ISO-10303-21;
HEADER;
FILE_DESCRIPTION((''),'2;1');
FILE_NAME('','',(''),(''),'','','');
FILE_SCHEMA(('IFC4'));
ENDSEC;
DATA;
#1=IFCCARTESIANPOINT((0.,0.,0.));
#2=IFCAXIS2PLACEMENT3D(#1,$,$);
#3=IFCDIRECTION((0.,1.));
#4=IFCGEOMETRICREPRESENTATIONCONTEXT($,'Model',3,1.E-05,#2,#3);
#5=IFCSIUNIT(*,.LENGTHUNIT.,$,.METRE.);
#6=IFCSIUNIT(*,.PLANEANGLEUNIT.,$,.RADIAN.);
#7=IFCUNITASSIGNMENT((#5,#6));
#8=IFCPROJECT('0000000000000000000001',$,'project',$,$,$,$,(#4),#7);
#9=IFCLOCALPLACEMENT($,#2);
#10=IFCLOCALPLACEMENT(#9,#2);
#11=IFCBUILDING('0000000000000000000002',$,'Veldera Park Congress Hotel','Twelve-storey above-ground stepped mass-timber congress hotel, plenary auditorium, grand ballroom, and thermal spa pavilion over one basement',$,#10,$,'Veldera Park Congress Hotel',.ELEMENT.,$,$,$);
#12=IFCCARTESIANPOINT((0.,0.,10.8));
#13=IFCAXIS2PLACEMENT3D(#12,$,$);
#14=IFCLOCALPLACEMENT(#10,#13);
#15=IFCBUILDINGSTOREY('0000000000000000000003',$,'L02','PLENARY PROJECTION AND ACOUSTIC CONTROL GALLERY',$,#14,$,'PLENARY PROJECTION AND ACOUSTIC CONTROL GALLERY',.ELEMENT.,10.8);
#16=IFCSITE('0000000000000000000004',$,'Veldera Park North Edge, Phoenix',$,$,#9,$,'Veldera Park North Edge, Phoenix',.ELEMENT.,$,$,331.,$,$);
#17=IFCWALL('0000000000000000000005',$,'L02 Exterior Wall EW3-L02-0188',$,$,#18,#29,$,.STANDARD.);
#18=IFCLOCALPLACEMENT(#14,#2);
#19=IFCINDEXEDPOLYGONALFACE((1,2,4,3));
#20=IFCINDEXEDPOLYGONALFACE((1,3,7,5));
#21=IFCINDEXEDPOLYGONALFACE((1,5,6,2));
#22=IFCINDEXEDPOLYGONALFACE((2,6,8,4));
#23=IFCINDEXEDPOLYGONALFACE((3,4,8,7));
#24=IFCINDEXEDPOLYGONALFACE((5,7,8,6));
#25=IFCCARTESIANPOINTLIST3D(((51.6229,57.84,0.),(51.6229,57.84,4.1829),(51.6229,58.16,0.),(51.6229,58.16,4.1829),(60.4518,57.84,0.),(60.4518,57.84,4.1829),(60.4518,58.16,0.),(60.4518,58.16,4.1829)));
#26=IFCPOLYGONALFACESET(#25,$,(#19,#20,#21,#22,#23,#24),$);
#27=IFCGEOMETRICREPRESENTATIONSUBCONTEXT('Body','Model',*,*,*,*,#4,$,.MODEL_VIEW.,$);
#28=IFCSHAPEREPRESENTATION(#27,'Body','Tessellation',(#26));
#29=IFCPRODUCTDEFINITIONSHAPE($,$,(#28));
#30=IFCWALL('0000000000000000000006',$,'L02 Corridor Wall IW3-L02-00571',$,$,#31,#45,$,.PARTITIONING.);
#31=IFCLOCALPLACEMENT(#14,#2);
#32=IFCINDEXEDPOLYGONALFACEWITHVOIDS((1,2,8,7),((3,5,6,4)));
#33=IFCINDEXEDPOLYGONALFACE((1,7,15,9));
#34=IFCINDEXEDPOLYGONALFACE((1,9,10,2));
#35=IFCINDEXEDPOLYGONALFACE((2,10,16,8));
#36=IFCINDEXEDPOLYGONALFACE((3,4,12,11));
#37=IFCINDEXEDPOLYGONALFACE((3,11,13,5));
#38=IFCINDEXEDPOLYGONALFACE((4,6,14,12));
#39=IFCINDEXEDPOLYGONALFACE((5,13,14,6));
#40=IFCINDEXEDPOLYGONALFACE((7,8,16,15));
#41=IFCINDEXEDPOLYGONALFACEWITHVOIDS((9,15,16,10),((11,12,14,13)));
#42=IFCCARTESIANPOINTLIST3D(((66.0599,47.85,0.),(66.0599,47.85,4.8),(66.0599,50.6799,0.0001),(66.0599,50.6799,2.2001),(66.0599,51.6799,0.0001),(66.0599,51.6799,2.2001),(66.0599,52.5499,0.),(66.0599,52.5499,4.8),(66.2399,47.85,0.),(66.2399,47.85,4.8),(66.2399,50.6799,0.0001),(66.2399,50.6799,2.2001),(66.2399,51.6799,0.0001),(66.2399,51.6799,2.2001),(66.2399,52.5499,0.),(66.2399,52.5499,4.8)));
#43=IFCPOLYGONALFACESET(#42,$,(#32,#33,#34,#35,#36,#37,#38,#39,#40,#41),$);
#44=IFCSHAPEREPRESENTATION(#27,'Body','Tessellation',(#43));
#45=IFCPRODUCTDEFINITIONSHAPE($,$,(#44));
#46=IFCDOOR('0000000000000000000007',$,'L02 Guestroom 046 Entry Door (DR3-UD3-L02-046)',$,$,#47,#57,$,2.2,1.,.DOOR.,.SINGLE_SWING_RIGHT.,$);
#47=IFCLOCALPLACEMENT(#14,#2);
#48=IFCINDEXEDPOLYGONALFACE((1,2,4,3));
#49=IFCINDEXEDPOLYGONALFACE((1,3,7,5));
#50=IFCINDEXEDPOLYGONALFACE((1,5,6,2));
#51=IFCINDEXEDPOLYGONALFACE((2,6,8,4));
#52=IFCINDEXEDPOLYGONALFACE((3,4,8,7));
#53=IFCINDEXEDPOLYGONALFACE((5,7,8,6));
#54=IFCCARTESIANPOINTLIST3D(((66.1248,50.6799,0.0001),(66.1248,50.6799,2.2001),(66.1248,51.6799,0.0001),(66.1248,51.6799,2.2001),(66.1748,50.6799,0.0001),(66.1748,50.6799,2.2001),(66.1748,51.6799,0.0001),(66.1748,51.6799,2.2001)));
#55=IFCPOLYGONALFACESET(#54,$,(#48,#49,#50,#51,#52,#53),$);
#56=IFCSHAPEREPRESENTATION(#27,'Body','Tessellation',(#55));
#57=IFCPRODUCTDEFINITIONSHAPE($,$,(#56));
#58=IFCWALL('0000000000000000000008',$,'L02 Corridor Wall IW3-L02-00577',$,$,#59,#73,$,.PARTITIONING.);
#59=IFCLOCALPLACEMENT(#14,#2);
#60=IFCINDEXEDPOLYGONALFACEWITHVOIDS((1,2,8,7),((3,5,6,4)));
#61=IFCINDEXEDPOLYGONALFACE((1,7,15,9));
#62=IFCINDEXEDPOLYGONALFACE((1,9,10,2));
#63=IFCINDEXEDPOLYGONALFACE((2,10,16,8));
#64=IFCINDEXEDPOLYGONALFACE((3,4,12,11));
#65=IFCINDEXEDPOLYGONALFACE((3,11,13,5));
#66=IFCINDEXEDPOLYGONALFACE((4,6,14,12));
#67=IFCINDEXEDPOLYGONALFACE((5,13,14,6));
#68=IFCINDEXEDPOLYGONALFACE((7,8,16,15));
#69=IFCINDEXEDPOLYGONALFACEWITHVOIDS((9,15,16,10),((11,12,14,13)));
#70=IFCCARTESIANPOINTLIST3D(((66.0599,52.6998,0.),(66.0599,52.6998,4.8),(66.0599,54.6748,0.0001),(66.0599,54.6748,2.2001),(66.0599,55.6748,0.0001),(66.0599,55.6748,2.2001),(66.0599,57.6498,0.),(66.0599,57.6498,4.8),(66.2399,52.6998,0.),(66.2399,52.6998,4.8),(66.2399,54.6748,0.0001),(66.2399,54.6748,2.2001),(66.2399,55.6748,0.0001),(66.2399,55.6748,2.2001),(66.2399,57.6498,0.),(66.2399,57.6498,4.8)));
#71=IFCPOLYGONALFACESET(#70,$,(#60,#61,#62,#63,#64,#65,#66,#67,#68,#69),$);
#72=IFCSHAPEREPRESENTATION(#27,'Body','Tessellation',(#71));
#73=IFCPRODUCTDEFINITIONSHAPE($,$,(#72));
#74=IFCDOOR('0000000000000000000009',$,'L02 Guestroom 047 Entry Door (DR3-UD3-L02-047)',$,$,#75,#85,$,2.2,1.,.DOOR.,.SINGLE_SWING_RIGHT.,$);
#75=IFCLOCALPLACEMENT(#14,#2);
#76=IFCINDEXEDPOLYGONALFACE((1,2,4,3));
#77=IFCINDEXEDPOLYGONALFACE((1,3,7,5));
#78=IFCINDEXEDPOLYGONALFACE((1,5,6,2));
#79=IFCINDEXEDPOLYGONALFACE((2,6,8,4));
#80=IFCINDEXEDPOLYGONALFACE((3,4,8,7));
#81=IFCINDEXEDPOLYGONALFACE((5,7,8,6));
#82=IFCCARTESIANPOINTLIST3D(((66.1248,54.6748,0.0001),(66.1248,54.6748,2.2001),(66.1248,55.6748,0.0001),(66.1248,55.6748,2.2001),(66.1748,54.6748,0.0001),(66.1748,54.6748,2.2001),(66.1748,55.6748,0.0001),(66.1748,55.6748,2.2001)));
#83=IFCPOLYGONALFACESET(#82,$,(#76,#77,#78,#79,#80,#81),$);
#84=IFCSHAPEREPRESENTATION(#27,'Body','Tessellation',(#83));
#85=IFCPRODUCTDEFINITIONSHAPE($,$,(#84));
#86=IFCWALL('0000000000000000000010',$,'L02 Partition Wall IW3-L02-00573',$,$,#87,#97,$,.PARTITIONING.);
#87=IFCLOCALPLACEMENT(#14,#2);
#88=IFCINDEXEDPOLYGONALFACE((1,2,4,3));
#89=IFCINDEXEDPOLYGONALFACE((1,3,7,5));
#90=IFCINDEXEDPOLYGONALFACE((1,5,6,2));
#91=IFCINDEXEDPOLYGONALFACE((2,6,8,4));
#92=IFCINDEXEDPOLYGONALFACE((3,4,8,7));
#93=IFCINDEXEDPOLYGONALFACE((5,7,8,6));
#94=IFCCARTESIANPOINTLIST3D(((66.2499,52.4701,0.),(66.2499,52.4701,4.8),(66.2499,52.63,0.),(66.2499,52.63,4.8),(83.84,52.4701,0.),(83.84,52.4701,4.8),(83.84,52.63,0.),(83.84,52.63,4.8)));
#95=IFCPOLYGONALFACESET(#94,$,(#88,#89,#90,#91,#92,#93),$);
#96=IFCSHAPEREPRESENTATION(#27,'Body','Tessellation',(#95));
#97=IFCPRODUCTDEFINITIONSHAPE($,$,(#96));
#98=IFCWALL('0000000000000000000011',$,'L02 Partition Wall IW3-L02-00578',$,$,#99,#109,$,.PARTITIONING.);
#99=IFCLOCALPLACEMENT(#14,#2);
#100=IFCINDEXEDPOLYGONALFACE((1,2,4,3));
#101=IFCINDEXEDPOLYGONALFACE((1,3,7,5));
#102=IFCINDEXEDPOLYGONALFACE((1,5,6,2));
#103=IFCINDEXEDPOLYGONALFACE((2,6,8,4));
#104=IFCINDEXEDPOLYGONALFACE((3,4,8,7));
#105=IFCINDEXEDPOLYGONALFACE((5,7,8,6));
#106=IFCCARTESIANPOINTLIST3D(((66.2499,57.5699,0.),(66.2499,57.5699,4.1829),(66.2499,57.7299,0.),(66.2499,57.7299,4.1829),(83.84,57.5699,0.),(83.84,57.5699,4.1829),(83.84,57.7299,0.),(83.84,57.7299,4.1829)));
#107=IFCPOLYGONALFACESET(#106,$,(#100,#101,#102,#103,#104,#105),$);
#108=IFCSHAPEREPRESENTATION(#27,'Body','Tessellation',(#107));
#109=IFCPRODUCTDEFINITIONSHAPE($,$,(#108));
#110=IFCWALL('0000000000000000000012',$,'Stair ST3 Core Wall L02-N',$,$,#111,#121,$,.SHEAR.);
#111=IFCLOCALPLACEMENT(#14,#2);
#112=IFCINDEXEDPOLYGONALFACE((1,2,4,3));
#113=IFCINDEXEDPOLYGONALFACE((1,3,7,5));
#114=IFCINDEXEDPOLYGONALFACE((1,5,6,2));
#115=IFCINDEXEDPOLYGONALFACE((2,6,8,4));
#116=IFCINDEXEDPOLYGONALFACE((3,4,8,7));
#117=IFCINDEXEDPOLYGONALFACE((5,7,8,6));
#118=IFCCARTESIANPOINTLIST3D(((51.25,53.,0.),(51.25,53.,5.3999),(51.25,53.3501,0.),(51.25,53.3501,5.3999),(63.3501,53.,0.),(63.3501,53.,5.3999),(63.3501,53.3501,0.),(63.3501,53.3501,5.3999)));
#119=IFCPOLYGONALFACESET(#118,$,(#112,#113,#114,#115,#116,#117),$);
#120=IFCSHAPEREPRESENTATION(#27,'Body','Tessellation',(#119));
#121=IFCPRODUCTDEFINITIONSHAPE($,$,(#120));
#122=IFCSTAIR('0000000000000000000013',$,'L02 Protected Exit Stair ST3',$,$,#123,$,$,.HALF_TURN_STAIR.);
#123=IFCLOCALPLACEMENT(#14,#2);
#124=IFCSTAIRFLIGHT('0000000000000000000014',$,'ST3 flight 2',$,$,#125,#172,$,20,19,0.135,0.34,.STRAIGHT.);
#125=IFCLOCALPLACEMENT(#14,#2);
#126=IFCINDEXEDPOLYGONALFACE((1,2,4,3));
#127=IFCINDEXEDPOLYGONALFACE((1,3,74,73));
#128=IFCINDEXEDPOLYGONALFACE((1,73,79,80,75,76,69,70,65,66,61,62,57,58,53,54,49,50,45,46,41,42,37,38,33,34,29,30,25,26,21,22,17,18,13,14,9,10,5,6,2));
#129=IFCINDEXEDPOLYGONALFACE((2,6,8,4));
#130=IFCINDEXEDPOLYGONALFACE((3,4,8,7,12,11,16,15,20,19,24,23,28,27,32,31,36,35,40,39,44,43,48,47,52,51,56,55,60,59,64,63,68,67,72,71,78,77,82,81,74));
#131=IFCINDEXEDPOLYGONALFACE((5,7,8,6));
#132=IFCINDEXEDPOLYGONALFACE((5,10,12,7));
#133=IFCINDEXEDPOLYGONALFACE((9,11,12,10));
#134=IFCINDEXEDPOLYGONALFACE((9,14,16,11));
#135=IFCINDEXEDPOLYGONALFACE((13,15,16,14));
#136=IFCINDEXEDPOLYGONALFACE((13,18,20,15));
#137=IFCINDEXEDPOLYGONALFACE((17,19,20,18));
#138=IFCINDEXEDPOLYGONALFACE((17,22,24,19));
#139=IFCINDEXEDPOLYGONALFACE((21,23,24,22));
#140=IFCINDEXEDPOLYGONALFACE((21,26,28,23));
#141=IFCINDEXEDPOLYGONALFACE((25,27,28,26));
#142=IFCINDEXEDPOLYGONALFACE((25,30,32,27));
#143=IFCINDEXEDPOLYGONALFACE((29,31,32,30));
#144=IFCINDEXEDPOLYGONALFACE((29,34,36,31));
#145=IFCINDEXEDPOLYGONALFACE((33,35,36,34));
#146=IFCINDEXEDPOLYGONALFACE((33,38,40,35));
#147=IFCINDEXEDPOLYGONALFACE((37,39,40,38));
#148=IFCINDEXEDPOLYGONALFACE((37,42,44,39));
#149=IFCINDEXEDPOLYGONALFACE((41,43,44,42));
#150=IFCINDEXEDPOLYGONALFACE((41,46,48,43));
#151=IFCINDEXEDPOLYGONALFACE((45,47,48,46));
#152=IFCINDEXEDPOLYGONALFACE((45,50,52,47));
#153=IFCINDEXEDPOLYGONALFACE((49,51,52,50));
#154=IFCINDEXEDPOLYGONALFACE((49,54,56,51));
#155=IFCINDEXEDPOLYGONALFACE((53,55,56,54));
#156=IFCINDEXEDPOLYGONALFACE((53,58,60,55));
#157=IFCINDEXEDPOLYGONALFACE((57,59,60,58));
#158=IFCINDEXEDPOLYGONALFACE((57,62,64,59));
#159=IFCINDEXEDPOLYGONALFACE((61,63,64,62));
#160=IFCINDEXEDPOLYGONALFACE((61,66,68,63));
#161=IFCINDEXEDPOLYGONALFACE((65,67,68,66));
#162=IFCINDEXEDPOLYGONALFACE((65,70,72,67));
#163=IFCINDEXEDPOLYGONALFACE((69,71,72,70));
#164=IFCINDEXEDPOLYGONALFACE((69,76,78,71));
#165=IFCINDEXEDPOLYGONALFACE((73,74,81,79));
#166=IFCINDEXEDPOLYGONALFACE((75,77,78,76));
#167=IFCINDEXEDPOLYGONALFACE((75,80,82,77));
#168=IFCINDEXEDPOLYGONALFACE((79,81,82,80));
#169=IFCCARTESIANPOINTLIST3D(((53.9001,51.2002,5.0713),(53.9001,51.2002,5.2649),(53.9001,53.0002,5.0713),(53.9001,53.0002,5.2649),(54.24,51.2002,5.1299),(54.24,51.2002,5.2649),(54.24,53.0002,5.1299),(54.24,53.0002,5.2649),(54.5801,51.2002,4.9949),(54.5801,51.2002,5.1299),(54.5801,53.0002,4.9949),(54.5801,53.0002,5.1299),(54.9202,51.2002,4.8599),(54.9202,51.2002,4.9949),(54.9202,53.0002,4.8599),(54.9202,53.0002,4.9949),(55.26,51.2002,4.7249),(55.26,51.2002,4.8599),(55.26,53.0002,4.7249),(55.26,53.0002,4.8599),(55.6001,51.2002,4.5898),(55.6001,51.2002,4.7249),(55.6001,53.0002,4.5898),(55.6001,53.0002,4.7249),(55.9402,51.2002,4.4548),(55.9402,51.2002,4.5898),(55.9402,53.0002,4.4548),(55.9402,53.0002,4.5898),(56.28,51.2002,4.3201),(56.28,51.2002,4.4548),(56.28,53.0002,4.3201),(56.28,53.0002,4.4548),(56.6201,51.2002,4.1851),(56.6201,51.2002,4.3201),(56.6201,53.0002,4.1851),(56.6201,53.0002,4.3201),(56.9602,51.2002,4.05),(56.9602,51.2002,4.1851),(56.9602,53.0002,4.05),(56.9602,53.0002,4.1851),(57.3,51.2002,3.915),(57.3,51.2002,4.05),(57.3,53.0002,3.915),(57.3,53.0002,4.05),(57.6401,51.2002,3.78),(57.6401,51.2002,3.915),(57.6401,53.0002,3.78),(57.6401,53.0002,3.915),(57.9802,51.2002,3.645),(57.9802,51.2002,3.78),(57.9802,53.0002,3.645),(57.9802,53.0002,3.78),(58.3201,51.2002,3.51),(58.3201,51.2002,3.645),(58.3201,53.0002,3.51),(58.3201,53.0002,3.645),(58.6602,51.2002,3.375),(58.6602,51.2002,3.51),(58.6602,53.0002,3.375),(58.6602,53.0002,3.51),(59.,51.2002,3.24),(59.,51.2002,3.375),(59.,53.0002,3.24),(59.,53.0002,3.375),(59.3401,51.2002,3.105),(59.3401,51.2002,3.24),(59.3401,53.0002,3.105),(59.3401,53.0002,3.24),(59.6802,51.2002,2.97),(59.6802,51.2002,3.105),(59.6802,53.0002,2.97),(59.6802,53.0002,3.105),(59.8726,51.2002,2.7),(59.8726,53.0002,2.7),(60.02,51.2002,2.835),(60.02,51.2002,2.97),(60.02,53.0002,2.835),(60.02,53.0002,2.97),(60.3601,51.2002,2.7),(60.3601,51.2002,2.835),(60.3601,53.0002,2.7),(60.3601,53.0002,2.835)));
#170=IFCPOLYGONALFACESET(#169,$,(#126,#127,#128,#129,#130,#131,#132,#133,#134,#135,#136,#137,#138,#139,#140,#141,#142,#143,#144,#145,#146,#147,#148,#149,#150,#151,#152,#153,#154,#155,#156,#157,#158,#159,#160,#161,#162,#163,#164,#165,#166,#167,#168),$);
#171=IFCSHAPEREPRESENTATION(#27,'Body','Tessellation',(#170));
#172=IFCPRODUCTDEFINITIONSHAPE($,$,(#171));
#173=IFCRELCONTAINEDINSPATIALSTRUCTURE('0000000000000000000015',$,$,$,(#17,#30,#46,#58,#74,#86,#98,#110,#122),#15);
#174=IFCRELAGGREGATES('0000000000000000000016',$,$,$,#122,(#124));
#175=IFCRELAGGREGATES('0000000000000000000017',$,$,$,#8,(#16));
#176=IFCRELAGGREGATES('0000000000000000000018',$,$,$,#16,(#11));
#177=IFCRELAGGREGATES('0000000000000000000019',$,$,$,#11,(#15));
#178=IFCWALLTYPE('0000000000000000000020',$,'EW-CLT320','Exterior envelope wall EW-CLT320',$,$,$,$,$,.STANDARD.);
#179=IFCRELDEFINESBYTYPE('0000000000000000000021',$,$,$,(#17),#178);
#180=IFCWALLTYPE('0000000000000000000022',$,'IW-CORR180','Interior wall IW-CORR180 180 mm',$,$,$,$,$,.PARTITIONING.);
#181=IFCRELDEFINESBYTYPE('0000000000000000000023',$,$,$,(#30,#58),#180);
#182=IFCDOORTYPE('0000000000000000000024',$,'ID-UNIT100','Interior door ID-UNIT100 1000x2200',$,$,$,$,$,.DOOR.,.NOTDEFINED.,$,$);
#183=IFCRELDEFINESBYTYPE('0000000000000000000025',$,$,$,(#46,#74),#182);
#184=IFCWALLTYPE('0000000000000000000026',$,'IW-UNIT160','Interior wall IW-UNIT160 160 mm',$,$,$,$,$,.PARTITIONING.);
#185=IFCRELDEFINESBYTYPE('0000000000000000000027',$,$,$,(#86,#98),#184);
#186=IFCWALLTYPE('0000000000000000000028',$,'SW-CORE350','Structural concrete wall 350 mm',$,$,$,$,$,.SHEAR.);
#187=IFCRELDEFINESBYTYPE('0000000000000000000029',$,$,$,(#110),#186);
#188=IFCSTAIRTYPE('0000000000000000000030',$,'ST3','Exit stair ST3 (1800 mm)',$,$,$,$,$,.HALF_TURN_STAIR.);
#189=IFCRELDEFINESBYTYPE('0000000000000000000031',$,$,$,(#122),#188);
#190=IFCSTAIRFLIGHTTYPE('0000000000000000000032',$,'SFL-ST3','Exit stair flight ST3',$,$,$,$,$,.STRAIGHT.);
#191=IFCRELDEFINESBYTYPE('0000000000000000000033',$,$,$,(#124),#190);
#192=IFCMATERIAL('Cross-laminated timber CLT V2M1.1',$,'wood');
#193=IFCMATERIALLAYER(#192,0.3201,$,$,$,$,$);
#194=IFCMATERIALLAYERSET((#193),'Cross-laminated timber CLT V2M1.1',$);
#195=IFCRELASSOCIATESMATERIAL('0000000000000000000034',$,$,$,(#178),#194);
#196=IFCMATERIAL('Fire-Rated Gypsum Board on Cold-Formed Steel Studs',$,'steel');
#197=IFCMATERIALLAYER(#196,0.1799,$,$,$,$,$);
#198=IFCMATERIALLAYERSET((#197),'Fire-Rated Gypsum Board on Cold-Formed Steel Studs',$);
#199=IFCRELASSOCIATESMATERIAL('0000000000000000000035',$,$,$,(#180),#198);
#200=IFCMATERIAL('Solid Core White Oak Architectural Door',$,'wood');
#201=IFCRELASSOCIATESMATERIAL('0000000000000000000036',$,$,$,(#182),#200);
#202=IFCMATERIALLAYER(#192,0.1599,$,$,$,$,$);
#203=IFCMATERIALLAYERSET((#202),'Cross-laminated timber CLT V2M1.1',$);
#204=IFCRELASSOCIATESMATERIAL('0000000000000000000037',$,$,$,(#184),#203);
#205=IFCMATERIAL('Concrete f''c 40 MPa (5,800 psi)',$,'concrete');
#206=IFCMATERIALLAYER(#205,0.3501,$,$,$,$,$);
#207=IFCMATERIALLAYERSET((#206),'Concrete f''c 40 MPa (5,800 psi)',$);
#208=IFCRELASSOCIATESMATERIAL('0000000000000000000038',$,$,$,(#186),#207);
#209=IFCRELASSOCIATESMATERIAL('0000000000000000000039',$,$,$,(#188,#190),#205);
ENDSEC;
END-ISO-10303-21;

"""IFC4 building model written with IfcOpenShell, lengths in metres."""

from ifc_helpers import new_model, si_unit, direction, frame, frame_2d, origin, place, context, subcontext, project, spatial, polyline, rectangle, outline, extrude, material, layer, layer_set, type_object, element, fill, aggregate, save


model = new_model("IFC4")

# Units and contexts
model_context = context("Model", 3, precision=1e-05, world=origin(), true_north=direction((0.0, 1.0)))
body_context = subcontext(model_context, "Body", "Model", "MODEL_VIEW")
ifc_project = project(units=[si_unit("LENGTHUNIT", "METRE"), si_unit("PLANEANGLEUNIT", "RADIAN")], contexts=[model_context])

# Site, building, storey
site_placement = place(None, origin())
site = spatial("IfcSite", under=ifc_project, at=site_placement, Name="Veldera Park North Edge, Phoenix", LongName="Veldera Park North Edge, Phoenix", CompositionType="ELEMENT", RefElevation=331.0)
building_placement = place(site_placement, origin())
building = spatial("IfcBuilding", under=site, at=building_placement, Name="Veldera Park Congress Hotel", Description="Twelve-storey above-ground stepped mass-timber congress hotel, plenary auditorium, grand ballroom, and thermal spa pavilion over one basement", LongName="Veldera Park Congress Hotel", CompositionType="ELEMENT")
storey_placement = place(building_placement, frame((0.0, 0.0, 10.8)))
storey = spatial("IfcBuildingStorey", under=building, at=storey_placement, Name="L02", Description="PLENARY PROJECTION AND ACOUSTIC CONTROL GALLERY", LongName="PLENARY PROJECTION AND ACOUSTIC CONTROL GALLERY", CompositionType="ELEMENT", Elevation=10.8)

# Shared definitions
ifc_material_1 = material(Name="Concrete f'c 40 MPa (5,800 psi)", Category="concrete")

# Shared definitions
ifc_material_2 = material(Name="Cross-laminated timber CLT V2M1.1", Category="wood")
ifc_layer_1 = layer(ifc_material_2, 0.3201)
ifc_layer_set_1 = layer_set([ifc_layer_1], Name="Cross-laminated timber CLT V2M1.1")
wall_type_1 = type_object("IfcWallType", Name="EW-CLT320", Description="Exterior envelope wall EW-CLT320", PredefinedType="STANDARD", material=ifc_layer_set_1)

# Wall
wall_1_placement = place(storey_placement, frame((60.4519, 58.0, 0.0), z_axis=(0.0, 0.0, 1.0), x_axis=(-1.0, 0.0, 0.0)))
element("IfcWall", 1, at=wall_1_placement, inside=storey, type_object=wall_type_1, Name="L02 Exterior Wall EW3-L02-0188", PredefinedType="STANDARD", context=body_context, shape_type="SweptSolid", body=[
    extrude(rectangle(XDim=8.8289, YDim=0.3201, at=frame_2d((4.4146, 0.0))), origin(), (0.0, 0.0, 1.0), 4.1829),
])

# Walls, openings, doors
ifc_material_3 = material(Name="Fire-Rated Gypsum Board on Cold-Formed Steel Studs", Category="steel")
ifc_layer_2 = layer(ifc_material_3, 0.1799)
ifc_layer_set_2 = layer_set([ifc_layer_2], Name="Fire-Rated Gypsum Board on Cold-Formed Steel Studs")
wall_type_2 = type_object("IfcWallType", Name="IW-CORR180", Description="Interior wall IW-CORR180 180 mm", PredefinedType="PARTITIONING", material=ifc_layer_set_2)
wall_2_placement = place(storey_placement, frame((66.1499, 52.55, 0.0), z_axis=(0.0, 0.0, 1.0), x_axis=(0.0, -1.0, 0.0)))
wall_2 = element("IfcWall", 2, at=wall_2_placement, inside=storey, type_object=wall_type_2, Name="L02 Corridor Wall IW3-L02-00571", PredefinedType="PARTITIONING", context=body_context, shape_type="SweptSolid", body=[
    extrude(rectangle(XDim=4.7, YDim=0.1799, at=frame_2d((2.3501, 0.0))), origin(), (0.0, 0.0, 1.0), 4.8),
])
opening_1_placement = place(wall_2_placement, frame((0.8701, 0.0, 0.0)))
opening_1 = element("IfcOpeningElement", 3, at=opening_1_placement, cuts=wall_2, PredefinedType="OPENING", context=body_context, shape_type="SweptSolid", body=[
    extrude(rectangle(XDim=1.0, YDim=2.2, at=frame_2d((0.5, 1.1001))), frame((0.0, 0.1021, 0.0), z_axis=(0.0, -1.0, 0.0), x_axis=(1.0, 0.0, 0.0)), (0.0, 0.0, 1.0), 0.2039),
])
ifc_material_4 = material(Name="Solid Core White Oak Architectural Door", Category="wood")
door_type = type_object("IfcDoorType", Name="ID-UNIT100", Description="Interior door ID-UNIT100 1000x2200", OperationType="NOTDEFINED", PredefinedType="DOOR", material=ifc_material_4)
door_1_placement = place(opening_1_placement, origin())
door_1 = element("IfcDoor", 4, at=door_1_placement, inside=storey, type_object=door_type, Name="L02 Guestroom 046 Entry Door (DR3-UD3-L02-046)", OperationType="SINGLE_SWING_RIGHT", OverallHeight=2.2, OverallWidth=1.0, PredefinedType="DOOR", context=body_context, shape_type="SweptSolid", body=[
    extrude(rectangle(XDim=1.0, YDim=2.2, at=frame_2d((0.5, 1.1001))), frame((0.0, 0.0249, 0.0), z_axis=(0.0, -1.0, 0.0), x_axis=(1.0, 0.0, 0.0)), (0.0, 0.0, 1.0), 0.05),
])
fill(opening_1, door_1)
wall_3_placement = place(storey_placement, frame((66.1499, 57.6499, 0.0), z_axis=(0.0, 0.0, 1.0), x_axis=(0.0, -1.0, 0.0)))
wall_3 = element("IfcWall", 5, at=wall_3_placement, inside=storey, type_object=wall_type_2, Name="L02 Corridor Wall IW3-L02-00577", PredefinedType="PARTITIONING", context=body_context, shape_type="SweptSolid", body=[
    extrude(rectangle(XDim=4.95, YDim=0.1799, at=frame_2d((2.4751, 0.0))), origin(), (0.0, 0.0, 1.0), 4.8),
])
opening_2_placement = place(wall_3_placement, frame((1.9751, 0.0, 0.0)))
opening_2 = element("IfcOpeningElement", 6, at=opening_2_placement, cuts=wall_3, PredefinedType="OPENING", context=body_context, shape_type="SweptSolid", body=[
    extrude(rectangle(XDim=1.0, YDim=2.2, at=frame_2d((0.5, 1.1001))), frame((0.0, 0.1021, 0.0), z_axis=(0.0, -1.0, 0.0), x_axis=(1.0, 0.0, 0.0)), (0.0, 0.0, 1.0), 0.2039),
])
door_2_placement = place(opening_2_placement, origin())
door_2 = element("IfcDoor", 7, at=door_2_placement, inside=storey, type_object=door_type, Name="L02 Guestroom 047 Entry Door (DR3-UD3-L02-047)", OperationType="SINGLE_SWING_RIGHT", OverallHeight=2.2, OverallWidth=1.0, PredefinedType="DOOR", context=body_context, shape_type="SweptSolid", body=[
    extrude(rectangle(XDim=1.0, YDim=2.2, at=frame_2d((0.5, 1.1001))), frame((0.0, 0.0249, 0.0), z_axis=(0.0, -1.0, 0.0), x_axis=(1.0, 0.0, 0.0)), (0.0, 0.0, 1.0), 0.05),
])
fill(opening_2, door_2)

# Walls
ifc_layer_3 = layer(ifc_material_2, 0.1599)
ifc_layer_set_3 = layer_set([ifc_layer_3], Name="Cross-laminated timber CLT V2M1.1")
wall_type_3 = type_object("IfcWallType", Name="IW-UNIT160", Description="Interior wall IW-UNIT160 160 mm", PredefinedType="PARTITIONING", material=ifc_layer_set_3)
wall_4_placement = place(storey_placement, frame((66.25, 52.55, 0.0), z_axis=(0.0, 0.0, 1.0), x_axis=(1.0, 0.0, 0.0)))
element("IfcWall", 8, at=wall_4_placement, inside=storey, type_object=wall_type_3, Name="L02 Partition Wall IW3-L02-00573", PredefinedType="PARTITIONING", context=body_context, shape_type="SweptSolid", body=[
    extrude(rectangle(XDim=17.5901, YDim=0.1599, at=frame_2d((8.7949, 0.0))), origin(), (0.0, 0.0, 1.0), 4.8),
])
wall_5_placement = place(storey_placement, frame((66.25, 57.6499, 0.0), z_axis=(0.0, 0.0, 1.0), x_axis=(1.0, 0.0, 0.0)))
element("IfcWall", 9, at=wall_5_placement, inside=storey, type_object=wall_type_3, Name="L02 Partition Wall IW3-L02-00578", PredefinedType="PARTITIONING", context=body_context, shape_type="SweptSolid", body=[
    extrude(rectangle(XDim=17.5901, YDim=0.1599, at=frame_2d((8.7949, 0.0))), origin(), (0.0, 0.0, 1.0), 4.1829),
])
ifc_layer_4 = layer(ifc_material_1, 0.3501)
ifc_layer_set_4 = layer_set([ifc_layer_4], Name="Concrete f'c 40 MPa (5,800 psi)")
wall_type_4 = type_object("IfcWallType", Name="SW-CORE350", Description="Structural concrete wall 350 mm", PredefinedType="SHEAR", material=ifc_layer_set_4)
wall_6_placement = place(storey_placement, frame((63.3501, 53.175, 0.0), z_axis=(0.0, 0.0, 1.0), x_axis=(-1.0, 0.0, 0.0)))
element("IfcWall", 10, at=wall_6_placement, inside=storey, type_object=wall_type_4, Name="Stair ST3 Core Wall L02-N", PredefinedType="SHEAR", context=body_context, shape_type="SweptSolid", body=[
    extrude(rectangle(XDim=12.1001, YDim=0.3501, at=frame_2d((6.05, 0.0))), origin(), (0.0, 0.0, 1.0), 5.3999),
])

# Stair, stair flight
stair_type = type_object("IfcStairType", Name="ST3", Description="Exit stair ST3 (1800 mm)", PredefinedType="HALF_TURN_STAIR", material=ifc_material_1)
stair_placement = place(storey_placement, origin())
stair = element("IfcStair", 11, at=stair_placement, inside=storey, type_object=stair_type, Name="L02 Protected Exit Stair ST3", PredefinedType="HALF_TURN_STAIR")
stair_flight_type = type_object("IfcStairFlightType", Name="SFL-ST3", Description="Exit stair flight ST3", PredefinedType="STRAIGHT", material=ifc_material_1)
stair_flight_placement = place(storey_placement, frame((60.3601, 52.1001, 2.7), z_axis=(0.0, 0.0, 1.0), x_axis=(-1.0, 0.0, 0.0)))
stair_flight = element("IfcStairFlight", 12, at=stair_flight_placement, type_object=stair_flight_type, Name="ST3 flight 2", NumberOfRisers=20, NumberOfTreads=19, PredefinedType="STRAIGHT", RiserHeight=0.135, TreadLength=0.34, context=body_context, shape_type="SweptSolid", body=[
    extrude(outline(polyline([(0.0, 0.0), (0.0, 0.135), (0.3401, 0.135), (0.3401, 0.27), (0.6799, 0.27), (0.6799, 0.405), (1.02, 0.405), (1.02, 0.54), (1.3601, 0.54), (1.3601, 0.675), (1.7, 0.675), (1.7, 0.8101), (2.04, 0.8101), (2.04, 0.9451), (2.3799, 0.9451), (2.3799, 1.0801), (2.72, 1.0801), (2.72, 1.2151), (3.0601, 1.2151), (3.0601, 1.3501), (3.3999, 1.3501), (3.3999, 1.4851), (3.74, 1.4851), (3.74, 1.6201), (4.0801, 1.6201), (4.0801, 1.7549), (4.4199, 1.7549), (4.4199, 1.8899), (4.76, 1.8899), (4.76, 2.0249), (5.1001, 2.0249), (5.1001, 2.1599), (5.4399, 2.1599), (5.4399, 2.2949), (5.78, 2.2949), (5.78, 2.4299), (6.1201, 2.4299), (6.1201, 2.5649), (6.46, 2.5649), (6.46, 2.7), (6.46, 2.7), (6.46, 2.3713), (0.4875, 0.0), (0.0, 0.0)])), frame((0.0, 0.8999, 0.0), z_axis=(0.0, -1.0, 0.0), x_axis=(1.0, 0.0, 0.0)), (0.0, 0.0, 1.0), 1.8),
])
aggregate(stair, [stair_flight])

save(model, "model.ifc")
